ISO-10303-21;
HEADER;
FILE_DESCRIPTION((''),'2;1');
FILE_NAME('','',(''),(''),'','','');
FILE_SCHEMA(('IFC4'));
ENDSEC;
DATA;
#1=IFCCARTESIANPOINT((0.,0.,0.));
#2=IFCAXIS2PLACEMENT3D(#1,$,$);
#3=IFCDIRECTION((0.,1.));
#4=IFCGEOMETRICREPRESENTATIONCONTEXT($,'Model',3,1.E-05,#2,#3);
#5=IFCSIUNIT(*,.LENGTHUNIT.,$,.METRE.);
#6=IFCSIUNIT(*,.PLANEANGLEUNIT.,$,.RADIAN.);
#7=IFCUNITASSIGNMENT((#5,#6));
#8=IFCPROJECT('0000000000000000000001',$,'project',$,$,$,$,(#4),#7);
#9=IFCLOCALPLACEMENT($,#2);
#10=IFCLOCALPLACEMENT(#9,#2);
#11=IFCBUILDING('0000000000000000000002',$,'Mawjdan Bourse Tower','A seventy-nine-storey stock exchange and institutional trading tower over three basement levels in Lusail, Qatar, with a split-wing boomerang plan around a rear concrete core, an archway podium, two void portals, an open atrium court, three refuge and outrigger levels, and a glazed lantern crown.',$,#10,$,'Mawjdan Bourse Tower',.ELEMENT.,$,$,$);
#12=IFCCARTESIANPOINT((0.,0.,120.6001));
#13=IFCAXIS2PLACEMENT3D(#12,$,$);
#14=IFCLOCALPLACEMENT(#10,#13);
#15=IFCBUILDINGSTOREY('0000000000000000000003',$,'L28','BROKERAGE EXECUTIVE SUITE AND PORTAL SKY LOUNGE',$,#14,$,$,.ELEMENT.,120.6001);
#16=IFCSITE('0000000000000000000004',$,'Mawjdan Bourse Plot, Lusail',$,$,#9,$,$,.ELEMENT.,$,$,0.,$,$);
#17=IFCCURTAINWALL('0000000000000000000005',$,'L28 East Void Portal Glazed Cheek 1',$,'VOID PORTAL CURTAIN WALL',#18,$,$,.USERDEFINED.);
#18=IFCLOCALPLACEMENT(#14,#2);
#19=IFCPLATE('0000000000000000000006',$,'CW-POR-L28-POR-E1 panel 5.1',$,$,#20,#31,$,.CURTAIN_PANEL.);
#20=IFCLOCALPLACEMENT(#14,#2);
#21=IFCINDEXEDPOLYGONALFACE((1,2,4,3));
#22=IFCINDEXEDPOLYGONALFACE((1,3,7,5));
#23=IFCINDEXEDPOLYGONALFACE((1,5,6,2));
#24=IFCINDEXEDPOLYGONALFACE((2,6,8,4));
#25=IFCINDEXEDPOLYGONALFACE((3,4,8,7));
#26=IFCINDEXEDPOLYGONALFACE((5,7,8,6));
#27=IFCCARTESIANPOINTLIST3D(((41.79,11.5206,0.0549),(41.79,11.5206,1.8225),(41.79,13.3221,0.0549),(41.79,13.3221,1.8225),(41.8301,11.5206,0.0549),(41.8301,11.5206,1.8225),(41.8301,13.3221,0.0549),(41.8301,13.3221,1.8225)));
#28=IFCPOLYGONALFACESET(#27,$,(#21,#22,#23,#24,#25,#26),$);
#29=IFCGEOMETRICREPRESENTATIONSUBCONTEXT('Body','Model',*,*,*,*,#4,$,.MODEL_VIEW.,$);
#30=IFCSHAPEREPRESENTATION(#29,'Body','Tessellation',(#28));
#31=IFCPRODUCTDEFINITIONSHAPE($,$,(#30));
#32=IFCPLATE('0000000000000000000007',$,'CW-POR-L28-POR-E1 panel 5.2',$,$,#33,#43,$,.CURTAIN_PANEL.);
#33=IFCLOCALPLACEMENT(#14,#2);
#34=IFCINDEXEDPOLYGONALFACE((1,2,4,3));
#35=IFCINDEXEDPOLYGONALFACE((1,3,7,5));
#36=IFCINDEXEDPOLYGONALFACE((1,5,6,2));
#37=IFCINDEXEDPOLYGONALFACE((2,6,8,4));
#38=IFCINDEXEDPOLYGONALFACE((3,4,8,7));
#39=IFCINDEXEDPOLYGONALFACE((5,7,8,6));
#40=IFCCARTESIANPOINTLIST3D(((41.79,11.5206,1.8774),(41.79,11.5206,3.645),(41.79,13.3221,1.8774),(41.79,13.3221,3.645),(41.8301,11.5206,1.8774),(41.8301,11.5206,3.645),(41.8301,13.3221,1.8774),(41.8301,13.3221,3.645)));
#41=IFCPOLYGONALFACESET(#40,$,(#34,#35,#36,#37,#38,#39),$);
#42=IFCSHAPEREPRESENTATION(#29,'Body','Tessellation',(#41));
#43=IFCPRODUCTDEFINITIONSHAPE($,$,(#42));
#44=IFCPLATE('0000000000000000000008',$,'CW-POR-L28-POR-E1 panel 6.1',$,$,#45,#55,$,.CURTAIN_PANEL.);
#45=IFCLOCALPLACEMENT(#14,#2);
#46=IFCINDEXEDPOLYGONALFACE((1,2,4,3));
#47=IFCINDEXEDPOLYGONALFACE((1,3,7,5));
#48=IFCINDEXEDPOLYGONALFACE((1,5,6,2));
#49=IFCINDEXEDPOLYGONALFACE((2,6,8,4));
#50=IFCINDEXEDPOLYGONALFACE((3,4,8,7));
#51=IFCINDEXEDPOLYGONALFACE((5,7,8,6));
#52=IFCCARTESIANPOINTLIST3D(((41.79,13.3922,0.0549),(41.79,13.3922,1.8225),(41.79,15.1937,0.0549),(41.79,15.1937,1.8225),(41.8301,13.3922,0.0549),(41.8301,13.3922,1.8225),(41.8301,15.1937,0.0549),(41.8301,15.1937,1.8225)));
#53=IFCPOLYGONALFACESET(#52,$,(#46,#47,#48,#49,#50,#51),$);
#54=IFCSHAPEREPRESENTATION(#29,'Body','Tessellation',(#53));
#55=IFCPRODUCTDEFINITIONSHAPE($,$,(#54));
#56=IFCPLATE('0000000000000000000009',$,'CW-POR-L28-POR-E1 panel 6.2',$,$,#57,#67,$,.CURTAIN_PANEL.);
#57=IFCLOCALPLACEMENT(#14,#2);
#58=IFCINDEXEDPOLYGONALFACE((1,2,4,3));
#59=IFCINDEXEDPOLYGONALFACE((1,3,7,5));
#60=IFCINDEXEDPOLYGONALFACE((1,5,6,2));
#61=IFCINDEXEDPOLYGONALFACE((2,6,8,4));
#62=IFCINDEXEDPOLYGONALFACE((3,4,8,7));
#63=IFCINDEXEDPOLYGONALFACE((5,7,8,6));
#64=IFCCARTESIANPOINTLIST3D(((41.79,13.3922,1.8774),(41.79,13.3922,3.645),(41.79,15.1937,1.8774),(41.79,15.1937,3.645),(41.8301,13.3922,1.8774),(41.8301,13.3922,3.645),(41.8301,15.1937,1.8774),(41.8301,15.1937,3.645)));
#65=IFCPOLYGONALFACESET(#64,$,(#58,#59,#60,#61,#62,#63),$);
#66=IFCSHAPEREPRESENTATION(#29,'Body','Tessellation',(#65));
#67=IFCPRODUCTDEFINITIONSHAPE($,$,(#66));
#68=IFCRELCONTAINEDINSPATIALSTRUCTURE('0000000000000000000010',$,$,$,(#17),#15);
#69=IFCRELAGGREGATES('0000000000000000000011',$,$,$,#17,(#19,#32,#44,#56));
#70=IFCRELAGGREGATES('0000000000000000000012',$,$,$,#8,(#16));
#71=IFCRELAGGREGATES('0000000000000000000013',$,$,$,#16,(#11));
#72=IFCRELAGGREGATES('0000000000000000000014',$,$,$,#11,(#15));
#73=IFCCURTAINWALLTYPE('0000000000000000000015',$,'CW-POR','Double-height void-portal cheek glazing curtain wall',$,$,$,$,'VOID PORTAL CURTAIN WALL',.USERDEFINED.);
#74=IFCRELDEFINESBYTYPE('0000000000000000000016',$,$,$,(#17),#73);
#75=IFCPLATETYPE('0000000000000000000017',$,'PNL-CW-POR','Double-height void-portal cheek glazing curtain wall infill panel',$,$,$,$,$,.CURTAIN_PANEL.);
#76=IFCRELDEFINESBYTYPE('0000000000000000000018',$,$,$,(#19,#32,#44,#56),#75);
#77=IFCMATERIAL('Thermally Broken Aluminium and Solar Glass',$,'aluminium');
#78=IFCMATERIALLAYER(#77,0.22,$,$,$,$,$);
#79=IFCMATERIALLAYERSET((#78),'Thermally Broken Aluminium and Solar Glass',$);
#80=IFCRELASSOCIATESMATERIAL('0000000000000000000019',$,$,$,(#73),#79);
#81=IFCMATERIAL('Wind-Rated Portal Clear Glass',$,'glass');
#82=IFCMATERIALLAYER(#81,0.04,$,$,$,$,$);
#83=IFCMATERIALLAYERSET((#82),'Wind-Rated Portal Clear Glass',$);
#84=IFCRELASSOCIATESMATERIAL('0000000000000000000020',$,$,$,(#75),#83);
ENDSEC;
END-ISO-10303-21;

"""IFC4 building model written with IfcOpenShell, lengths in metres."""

from ifc_helpers import new_model, si_unit, direction, frame, origin, origin_2d, place, context, subcontext, project, spatial, rectangle, extrude, material, layer, layer_set, type_object, element, aggregate, save


model = new_model("IFC4")

# Units and contexts
model_context = context("Model", 3, precision=1e-05, world=origin(), true_north=direction((0.0, 1.0)))
body_context = subcontext(model_context, "Body", "Model", "MODEL_VIEW")
ifc_project = project(units=[si_unit("LENGTHUNIT", "METRE"), si_unit("PLANEANGLEUNIT", "RADIAN")], contexts=[model_context])

# Site, building, storey
site_placement = place(None, origin())
site = spatial("IfcSite", under=ifc_project, at=site_placement, Name="Mawjdan Bourse Plot, Lusail", CompositionType="ELEMENT", RefElevation=0.0)
building_placement = place(site_placement, origin())
building = spatial("IfcBuilding", under=site, at=building_placement, Name="Mawjdan Bourse Tower", Description="A seventy-nine-storey stock exchange and institutional trading tower over three basement levels in Lusail, Qatar, with a split-wing boomerang plan around a rear concrete core, an archway podium, two void portals, an open atrium court, three refuge and outrigger levels, and a glazed lantern crown.", LongName="Mawjdan Bourse Tower", CompositionType="ELEMENT")
storey_placement = place(building_placement, frame((0.0, 0.0, 120.6001)))
storey = spatial("IfcBuildingStorey", under=building, at=storey_placement, Name="L28", Description="BROKERAGE EXECUTIVE SUITE AND PORTAL SKY LOUNGE", CompositionType="ELEMENT", Elevation=120.6001)

# Curtain wall, plates
ifc_material_1 = material(Name="Thermally Broken Aluminium and Solar Glass", Category="aluminium")
ifc_layer_1 = layer(ifc_material_1, 0.22)
ifc_layer_set_1 = layer_set([ifc_layer_1], Name="Thermally Broken Aluminium and Solar Glass")
curtain_wall_type = type_object("IfcCurtainWallType", Name="CW-POR", Description="Double-height void-portal cheek glazing curtain wall", ElementType="VOID PORTAL CURTAIN WALL", PredefinedType="USERDEFINED", material=ifc_layer_set_1)
curtain_wall_placement = place(storey_placement, origin())
curtain_wall = element("IfcCurtainWall", 1, at=curtain_wall_placement, inside=storey, type_object=curtain_wall_type, Name="L28 East Void Portal Glazed Cheek 1", ObjectType="VOID PORTAL CURTAIN WALL", PredefinedType="USERDEFINED")
ifc_material_2 = material(Name="Wind-Rated Portal Clear Glass", Category="glass")
ifc_layer_2 = layer(ifc_material_2, 0.04)
ifc_layer_set_2 = layer_set([ifc_layer_2], Name="Wind-Rated Portal Clear Glass")
plate_type = type_object("IfcPlateType", Name="PNL-CW-POR", Description="Double-height void-portal cheek glazing curtain wall infill panel", PredefinedType="CURTAIN_PANEL", material=ifc_layer_set_2)
plate_1_placement = place(storey_placement, frame((41.8101, 12.4214, 0.0549), z_axis=(0.0, 0.0, 1.0), x_axis=(0.0, 1.0, 0.0)))
plate_1 = element("IfcPlate", 2, at=plate_1_placement, type_object=plate_type, Name="CW-POR-L28-POR-E1 panel 5.1", PredefinedType="CURTAIN_PANEL", context=body_context, shape_type="SweptSolid", body=[
    extrude(rectangle(XDim=1.8015, YDim=0.04, at=origin_2d()), origin(), (0.0, 0.0, 1.0), 1.7676),
])
plate_2_placement = place(storey_placement, frame((41.8101, 12.4214, 1.8774), z_axis=(0.0, 0.0, 1.0), x_axis=(0.0, 1.0, 0.0)))
plate_2 = element("IfcPlate", 3, at=plate_2_placement, type_object=plate_type, Name="CW-POR-L28-POR-E1 panel 5.2", PredefinedType="CURTAIN_PANEL", context=body_context, shape_type="SweptSolid", body=[
    extrude(rectangle(XDim=1.8015, YDim=0.04, at=origin_2d()), origin(), (0.0, 0.0, 1.0), 1.7676),
])
plate_3_placement = place(storey_placement, frame((41.8101, 14.293, 0.0549), z_axis=(0.0, 0.0, 1.0), x_axis=(0.0, 1.0, 0.0)))
plate_3 = element("IfcPlate", 4, at=plate_3_placement, type_object=plate_type, Name="CW-POR-L28-POR-E1 panel 6.1", PredefinedType="CURTAIN_PANEL", context=body_context, shape_type="SweptSolid", body=[
    extrude(rectangle(XDim=1.8015, YDim=0.04, at=origin_2d()), origin(), (0.0, 0.0, 1.0), 1.7676),
])
plate_4_placement = place(storey_placement, frame((41.8101, 14.293, 1.8774), z_axis=(0.0, 0.0, 1.0), x_axis=(0.0, 1.0, 0.0)))
plate_4 = element("IfcPlate", 5, at=plate_4_placement, type_object=plate_type, Name="CW-POR-L28-POR-E1 panel 6.2", PredefinedType="CURTAIN_PANEL", context=body_context, shape_type="SweptSolid", body=[
    extrude(rectangle(XDim=1.8015, YDim=0.04, at=origin_2d()), origin(), (0.0, 0.0, 1.0), 1.7676),
])
aggregate(curtain_wall, [plate_1, plate_2, plate_3, plate_4])

save(model, "model.ifc")
